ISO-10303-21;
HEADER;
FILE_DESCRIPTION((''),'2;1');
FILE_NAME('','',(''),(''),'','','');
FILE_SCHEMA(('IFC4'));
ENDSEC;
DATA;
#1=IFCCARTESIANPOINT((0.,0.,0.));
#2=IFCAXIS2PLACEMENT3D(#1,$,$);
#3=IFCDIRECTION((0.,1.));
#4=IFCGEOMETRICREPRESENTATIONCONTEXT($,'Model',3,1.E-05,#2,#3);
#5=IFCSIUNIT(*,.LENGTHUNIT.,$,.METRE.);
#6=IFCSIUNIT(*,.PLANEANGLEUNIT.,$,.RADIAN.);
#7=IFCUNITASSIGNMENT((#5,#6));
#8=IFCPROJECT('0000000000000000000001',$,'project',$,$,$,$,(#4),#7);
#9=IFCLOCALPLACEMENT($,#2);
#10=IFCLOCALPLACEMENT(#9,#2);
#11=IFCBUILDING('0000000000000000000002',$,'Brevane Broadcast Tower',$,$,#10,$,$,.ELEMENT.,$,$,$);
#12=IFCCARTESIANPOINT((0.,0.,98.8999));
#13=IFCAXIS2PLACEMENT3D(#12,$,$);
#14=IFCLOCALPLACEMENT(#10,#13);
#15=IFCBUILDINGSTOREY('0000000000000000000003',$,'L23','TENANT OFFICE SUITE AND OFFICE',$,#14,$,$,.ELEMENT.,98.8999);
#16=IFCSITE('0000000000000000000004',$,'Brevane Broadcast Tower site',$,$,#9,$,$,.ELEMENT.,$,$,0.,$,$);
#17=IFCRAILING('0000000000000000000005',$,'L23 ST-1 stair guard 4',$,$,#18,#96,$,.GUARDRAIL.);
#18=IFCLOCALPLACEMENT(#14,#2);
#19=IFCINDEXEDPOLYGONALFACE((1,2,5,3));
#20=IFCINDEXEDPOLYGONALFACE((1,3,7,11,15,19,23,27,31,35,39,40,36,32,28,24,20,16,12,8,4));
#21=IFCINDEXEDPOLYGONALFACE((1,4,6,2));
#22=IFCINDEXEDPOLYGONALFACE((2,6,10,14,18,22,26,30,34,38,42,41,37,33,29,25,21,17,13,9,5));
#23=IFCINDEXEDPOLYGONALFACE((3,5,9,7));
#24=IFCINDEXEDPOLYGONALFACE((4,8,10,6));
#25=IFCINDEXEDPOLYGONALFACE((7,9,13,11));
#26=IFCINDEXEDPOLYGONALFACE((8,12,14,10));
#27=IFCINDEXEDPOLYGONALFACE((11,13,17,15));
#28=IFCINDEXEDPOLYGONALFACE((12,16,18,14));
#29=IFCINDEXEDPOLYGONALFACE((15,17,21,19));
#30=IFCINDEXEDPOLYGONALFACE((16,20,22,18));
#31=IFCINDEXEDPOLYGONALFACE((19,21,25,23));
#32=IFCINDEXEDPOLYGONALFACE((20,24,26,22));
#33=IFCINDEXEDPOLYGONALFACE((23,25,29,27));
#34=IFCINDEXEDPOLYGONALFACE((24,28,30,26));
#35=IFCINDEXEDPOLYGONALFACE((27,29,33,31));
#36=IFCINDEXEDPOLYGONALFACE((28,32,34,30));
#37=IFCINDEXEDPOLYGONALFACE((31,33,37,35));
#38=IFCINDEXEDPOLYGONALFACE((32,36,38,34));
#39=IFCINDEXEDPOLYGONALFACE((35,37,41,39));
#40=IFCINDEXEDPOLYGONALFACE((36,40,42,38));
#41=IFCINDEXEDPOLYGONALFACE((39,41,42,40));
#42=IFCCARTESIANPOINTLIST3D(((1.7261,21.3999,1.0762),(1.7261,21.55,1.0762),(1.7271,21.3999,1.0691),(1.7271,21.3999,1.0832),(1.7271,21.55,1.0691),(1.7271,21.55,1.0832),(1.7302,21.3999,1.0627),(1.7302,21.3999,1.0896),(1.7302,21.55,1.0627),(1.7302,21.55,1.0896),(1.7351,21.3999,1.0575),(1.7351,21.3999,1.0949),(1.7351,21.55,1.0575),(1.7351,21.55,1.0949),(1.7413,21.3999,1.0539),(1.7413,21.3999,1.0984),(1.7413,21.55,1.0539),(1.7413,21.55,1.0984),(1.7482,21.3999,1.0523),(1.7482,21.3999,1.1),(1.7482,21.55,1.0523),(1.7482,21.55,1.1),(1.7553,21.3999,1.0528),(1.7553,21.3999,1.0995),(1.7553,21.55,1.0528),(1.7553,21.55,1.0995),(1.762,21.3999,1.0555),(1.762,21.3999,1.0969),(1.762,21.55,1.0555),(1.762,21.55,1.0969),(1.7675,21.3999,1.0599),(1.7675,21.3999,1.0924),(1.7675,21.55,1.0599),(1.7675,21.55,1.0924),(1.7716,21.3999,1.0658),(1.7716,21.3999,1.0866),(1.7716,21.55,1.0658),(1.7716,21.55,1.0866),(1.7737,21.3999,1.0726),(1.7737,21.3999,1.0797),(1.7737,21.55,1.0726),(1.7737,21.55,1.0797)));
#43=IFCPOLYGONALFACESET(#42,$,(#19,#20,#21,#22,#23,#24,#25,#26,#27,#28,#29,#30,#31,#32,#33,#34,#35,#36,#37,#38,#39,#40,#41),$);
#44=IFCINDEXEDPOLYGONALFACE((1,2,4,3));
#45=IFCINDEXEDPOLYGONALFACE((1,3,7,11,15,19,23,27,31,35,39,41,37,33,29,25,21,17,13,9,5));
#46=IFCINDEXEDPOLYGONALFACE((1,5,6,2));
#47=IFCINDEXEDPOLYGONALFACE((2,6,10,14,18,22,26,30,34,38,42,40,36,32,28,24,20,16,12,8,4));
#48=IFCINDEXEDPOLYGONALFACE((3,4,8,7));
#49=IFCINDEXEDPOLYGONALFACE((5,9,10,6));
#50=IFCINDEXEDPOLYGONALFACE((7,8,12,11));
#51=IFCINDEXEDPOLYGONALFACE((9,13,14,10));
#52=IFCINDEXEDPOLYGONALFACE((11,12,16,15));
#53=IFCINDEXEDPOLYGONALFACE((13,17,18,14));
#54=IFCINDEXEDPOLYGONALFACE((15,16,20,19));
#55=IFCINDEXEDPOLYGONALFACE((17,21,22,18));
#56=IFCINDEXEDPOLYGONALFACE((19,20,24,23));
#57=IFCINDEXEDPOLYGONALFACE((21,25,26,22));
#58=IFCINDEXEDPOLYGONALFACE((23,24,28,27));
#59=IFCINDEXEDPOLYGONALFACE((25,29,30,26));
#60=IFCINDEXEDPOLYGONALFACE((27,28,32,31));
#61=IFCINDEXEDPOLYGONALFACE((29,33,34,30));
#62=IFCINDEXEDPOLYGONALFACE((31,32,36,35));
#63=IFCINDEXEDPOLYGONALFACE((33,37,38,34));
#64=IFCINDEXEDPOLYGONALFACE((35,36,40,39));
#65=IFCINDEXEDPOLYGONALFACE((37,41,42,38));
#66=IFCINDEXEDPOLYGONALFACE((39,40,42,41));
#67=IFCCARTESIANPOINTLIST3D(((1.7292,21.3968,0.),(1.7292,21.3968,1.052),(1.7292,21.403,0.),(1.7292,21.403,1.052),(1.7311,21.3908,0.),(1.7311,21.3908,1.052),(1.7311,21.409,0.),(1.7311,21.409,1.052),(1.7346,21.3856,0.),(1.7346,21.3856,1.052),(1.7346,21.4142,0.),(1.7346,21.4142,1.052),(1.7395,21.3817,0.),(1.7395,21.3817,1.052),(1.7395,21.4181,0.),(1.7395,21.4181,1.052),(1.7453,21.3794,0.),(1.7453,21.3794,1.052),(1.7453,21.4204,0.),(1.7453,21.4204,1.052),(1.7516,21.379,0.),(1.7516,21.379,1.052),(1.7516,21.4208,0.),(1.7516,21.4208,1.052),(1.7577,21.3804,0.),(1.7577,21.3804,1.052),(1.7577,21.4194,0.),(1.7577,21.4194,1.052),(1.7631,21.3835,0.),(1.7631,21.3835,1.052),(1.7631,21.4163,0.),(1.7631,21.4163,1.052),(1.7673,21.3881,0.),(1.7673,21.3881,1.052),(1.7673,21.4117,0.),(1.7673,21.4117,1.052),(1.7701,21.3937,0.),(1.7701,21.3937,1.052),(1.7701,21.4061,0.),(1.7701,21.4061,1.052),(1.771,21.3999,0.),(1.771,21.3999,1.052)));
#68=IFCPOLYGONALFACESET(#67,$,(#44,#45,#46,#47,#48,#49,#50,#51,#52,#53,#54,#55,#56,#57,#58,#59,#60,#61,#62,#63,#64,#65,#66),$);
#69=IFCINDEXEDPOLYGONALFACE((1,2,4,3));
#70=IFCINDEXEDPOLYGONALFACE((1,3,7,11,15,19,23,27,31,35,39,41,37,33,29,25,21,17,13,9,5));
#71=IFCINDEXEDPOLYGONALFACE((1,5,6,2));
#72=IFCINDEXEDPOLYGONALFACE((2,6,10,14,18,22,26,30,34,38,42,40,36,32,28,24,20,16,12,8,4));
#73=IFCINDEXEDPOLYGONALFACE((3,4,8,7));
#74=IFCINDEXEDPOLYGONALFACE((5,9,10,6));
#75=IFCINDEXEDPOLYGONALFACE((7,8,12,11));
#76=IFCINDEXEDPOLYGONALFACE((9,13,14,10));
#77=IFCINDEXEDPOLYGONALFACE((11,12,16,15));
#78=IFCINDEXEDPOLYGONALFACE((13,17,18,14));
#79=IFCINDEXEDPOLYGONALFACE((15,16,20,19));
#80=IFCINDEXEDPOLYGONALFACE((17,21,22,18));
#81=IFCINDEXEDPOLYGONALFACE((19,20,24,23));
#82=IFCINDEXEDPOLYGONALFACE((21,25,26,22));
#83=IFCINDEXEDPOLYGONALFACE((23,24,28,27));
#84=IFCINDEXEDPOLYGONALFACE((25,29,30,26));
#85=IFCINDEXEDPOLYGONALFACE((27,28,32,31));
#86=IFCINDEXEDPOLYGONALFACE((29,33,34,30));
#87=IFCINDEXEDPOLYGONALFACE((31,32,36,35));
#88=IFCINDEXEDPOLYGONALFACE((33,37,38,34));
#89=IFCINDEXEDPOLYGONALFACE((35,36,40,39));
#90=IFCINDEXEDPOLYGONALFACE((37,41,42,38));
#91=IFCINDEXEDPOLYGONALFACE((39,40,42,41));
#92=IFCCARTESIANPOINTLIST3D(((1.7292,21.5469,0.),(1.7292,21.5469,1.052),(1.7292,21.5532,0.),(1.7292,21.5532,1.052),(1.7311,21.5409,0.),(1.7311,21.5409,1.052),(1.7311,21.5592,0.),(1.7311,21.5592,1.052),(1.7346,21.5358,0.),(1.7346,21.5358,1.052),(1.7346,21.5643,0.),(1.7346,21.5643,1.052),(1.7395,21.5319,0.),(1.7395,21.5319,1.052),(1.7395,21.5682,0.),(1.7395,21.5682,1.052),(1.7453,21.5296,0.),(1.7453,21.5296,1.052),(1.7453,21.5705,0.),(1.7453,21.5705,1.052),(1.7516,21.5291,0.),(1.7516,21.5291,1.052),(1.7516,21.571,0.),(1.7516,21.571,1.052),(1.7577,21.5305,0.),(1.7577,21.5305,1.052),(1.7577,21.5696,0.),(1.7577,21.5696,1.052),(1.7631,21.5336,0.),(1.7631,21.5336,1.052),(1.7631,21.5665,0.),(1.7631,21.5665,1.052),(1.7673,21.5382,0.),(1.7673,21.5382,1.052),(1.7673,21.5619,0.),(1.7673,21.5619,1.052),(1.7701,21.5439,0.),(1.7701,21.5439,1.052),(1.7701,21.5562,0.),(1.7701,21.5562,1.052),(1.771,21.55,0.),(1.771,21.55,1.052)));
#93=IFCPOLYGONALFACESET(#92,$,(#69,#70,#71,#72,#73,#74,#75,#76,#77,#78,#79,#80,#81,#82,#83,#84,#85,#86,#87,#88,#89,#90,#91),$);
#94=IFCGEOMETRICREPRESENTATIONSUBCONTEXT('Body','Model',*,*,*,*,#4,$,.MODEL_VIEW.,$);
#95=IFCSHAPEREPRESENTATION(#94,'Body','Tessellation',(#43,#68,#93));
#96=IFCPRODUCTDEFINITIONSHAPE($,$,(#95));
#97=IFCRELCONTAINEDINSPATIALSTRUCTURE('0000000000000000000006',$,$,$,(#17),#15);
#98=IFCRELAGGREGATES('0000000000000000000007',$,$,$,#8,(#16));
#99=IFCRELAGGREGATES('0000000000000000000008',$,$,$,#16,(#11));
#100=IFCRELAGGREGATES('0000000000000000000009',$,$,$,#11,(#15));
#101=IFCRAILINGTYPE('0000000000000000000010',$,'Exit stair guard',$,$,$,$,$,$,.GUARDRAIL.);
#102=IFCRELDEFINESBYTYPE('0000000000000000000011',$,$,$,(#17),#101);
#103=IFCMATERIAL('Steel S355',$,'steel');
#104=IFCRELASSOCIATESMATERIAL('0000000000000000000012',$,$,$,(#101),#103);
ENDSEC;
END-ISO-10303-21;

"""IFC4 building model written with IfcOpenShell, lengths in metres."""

from ifc_helpers import new_model, si_unit, direction, frame, origin, origin_2d, place, context, subcontext, project, spatial, circle, extrude, material, type_object, element, save


model = new_model("IFC4")

# Units and contexts
model_context = context("Model", 3, precision=1e-05, world=origin(), true_north=direction((0.0, 1.0)))
body_context = subcontext(model_context, "Body", "Model", "MODEL_VIEW")
ifc_project = project(units=[si_unit("LENGTHUNIT", "METRE"), si_unit("PLANEANGLEUNIT", "RADIAN")], contexts=[model_context])

# Site, building, storey
site_placement = place(None, origin())
site = spatial("IfcSite", under=ifc_project, at=site_placement, Name="Brevane Broadcast Tower site", CompositionType="ELEMENT", RefElevation=0.0)
building_placement = place(site_placement, origin())
building = spatial("IfcBuilding", under=site, at=building_placement, Name="Brevane Broadcast Tower", CompositionType="ELEMENT")
storey_placement = place(building_placement, frame((0.0, 0.0, 98.8999)))
storey = spatial("IfcBuildingStorey", under=building, at=storey_placement, Name="L23", Description="TENANT OFFICE SUITE AND OFFICE", CompositionType="ELEMENT", Elevation=98.8999)

# Railing
ifc_material_1 = material(Name="Steel S355", Category="steel")
railing_type_1 = type_object("IfcRailingType", Name="Exit stair guard", PredefinedType="GUARDRAIL", material=ifc_material_1)
railing_1_placement = place(storey_placement, frame((1.75, 21.3999, 0.0)))
element("IfcRailing", 1, at=railing_1_placement, inside=storey, type_object=railing_type_1, Name="L23 ST-1 stair guard 4", PredefinedType="GUARDRAIL", context=body_context, shape_type="SweptSolid", body=[
    extrude(circle(Radius=0.0239, at=origin_2d()), frame((0.0, 0.0, 1.0762), z_axis=(0.0, 1.0, 0.0), x_axis=(-1.0, 0.0, 0.0)), (0.0, 0.0, 1.0), 0.1501),
    extrude(circle(Radius=0.021, at=origin_2d()), origin(), (0.0, 0.0, 1.0), 1.052),
    extrude(circle(Radius=0.021, at=origin_2d()), frame((0.0, 0.1501, 0.0)), (0.0, 0.0, 1.0), 1.052),
])

save(model, "model.ifc")
